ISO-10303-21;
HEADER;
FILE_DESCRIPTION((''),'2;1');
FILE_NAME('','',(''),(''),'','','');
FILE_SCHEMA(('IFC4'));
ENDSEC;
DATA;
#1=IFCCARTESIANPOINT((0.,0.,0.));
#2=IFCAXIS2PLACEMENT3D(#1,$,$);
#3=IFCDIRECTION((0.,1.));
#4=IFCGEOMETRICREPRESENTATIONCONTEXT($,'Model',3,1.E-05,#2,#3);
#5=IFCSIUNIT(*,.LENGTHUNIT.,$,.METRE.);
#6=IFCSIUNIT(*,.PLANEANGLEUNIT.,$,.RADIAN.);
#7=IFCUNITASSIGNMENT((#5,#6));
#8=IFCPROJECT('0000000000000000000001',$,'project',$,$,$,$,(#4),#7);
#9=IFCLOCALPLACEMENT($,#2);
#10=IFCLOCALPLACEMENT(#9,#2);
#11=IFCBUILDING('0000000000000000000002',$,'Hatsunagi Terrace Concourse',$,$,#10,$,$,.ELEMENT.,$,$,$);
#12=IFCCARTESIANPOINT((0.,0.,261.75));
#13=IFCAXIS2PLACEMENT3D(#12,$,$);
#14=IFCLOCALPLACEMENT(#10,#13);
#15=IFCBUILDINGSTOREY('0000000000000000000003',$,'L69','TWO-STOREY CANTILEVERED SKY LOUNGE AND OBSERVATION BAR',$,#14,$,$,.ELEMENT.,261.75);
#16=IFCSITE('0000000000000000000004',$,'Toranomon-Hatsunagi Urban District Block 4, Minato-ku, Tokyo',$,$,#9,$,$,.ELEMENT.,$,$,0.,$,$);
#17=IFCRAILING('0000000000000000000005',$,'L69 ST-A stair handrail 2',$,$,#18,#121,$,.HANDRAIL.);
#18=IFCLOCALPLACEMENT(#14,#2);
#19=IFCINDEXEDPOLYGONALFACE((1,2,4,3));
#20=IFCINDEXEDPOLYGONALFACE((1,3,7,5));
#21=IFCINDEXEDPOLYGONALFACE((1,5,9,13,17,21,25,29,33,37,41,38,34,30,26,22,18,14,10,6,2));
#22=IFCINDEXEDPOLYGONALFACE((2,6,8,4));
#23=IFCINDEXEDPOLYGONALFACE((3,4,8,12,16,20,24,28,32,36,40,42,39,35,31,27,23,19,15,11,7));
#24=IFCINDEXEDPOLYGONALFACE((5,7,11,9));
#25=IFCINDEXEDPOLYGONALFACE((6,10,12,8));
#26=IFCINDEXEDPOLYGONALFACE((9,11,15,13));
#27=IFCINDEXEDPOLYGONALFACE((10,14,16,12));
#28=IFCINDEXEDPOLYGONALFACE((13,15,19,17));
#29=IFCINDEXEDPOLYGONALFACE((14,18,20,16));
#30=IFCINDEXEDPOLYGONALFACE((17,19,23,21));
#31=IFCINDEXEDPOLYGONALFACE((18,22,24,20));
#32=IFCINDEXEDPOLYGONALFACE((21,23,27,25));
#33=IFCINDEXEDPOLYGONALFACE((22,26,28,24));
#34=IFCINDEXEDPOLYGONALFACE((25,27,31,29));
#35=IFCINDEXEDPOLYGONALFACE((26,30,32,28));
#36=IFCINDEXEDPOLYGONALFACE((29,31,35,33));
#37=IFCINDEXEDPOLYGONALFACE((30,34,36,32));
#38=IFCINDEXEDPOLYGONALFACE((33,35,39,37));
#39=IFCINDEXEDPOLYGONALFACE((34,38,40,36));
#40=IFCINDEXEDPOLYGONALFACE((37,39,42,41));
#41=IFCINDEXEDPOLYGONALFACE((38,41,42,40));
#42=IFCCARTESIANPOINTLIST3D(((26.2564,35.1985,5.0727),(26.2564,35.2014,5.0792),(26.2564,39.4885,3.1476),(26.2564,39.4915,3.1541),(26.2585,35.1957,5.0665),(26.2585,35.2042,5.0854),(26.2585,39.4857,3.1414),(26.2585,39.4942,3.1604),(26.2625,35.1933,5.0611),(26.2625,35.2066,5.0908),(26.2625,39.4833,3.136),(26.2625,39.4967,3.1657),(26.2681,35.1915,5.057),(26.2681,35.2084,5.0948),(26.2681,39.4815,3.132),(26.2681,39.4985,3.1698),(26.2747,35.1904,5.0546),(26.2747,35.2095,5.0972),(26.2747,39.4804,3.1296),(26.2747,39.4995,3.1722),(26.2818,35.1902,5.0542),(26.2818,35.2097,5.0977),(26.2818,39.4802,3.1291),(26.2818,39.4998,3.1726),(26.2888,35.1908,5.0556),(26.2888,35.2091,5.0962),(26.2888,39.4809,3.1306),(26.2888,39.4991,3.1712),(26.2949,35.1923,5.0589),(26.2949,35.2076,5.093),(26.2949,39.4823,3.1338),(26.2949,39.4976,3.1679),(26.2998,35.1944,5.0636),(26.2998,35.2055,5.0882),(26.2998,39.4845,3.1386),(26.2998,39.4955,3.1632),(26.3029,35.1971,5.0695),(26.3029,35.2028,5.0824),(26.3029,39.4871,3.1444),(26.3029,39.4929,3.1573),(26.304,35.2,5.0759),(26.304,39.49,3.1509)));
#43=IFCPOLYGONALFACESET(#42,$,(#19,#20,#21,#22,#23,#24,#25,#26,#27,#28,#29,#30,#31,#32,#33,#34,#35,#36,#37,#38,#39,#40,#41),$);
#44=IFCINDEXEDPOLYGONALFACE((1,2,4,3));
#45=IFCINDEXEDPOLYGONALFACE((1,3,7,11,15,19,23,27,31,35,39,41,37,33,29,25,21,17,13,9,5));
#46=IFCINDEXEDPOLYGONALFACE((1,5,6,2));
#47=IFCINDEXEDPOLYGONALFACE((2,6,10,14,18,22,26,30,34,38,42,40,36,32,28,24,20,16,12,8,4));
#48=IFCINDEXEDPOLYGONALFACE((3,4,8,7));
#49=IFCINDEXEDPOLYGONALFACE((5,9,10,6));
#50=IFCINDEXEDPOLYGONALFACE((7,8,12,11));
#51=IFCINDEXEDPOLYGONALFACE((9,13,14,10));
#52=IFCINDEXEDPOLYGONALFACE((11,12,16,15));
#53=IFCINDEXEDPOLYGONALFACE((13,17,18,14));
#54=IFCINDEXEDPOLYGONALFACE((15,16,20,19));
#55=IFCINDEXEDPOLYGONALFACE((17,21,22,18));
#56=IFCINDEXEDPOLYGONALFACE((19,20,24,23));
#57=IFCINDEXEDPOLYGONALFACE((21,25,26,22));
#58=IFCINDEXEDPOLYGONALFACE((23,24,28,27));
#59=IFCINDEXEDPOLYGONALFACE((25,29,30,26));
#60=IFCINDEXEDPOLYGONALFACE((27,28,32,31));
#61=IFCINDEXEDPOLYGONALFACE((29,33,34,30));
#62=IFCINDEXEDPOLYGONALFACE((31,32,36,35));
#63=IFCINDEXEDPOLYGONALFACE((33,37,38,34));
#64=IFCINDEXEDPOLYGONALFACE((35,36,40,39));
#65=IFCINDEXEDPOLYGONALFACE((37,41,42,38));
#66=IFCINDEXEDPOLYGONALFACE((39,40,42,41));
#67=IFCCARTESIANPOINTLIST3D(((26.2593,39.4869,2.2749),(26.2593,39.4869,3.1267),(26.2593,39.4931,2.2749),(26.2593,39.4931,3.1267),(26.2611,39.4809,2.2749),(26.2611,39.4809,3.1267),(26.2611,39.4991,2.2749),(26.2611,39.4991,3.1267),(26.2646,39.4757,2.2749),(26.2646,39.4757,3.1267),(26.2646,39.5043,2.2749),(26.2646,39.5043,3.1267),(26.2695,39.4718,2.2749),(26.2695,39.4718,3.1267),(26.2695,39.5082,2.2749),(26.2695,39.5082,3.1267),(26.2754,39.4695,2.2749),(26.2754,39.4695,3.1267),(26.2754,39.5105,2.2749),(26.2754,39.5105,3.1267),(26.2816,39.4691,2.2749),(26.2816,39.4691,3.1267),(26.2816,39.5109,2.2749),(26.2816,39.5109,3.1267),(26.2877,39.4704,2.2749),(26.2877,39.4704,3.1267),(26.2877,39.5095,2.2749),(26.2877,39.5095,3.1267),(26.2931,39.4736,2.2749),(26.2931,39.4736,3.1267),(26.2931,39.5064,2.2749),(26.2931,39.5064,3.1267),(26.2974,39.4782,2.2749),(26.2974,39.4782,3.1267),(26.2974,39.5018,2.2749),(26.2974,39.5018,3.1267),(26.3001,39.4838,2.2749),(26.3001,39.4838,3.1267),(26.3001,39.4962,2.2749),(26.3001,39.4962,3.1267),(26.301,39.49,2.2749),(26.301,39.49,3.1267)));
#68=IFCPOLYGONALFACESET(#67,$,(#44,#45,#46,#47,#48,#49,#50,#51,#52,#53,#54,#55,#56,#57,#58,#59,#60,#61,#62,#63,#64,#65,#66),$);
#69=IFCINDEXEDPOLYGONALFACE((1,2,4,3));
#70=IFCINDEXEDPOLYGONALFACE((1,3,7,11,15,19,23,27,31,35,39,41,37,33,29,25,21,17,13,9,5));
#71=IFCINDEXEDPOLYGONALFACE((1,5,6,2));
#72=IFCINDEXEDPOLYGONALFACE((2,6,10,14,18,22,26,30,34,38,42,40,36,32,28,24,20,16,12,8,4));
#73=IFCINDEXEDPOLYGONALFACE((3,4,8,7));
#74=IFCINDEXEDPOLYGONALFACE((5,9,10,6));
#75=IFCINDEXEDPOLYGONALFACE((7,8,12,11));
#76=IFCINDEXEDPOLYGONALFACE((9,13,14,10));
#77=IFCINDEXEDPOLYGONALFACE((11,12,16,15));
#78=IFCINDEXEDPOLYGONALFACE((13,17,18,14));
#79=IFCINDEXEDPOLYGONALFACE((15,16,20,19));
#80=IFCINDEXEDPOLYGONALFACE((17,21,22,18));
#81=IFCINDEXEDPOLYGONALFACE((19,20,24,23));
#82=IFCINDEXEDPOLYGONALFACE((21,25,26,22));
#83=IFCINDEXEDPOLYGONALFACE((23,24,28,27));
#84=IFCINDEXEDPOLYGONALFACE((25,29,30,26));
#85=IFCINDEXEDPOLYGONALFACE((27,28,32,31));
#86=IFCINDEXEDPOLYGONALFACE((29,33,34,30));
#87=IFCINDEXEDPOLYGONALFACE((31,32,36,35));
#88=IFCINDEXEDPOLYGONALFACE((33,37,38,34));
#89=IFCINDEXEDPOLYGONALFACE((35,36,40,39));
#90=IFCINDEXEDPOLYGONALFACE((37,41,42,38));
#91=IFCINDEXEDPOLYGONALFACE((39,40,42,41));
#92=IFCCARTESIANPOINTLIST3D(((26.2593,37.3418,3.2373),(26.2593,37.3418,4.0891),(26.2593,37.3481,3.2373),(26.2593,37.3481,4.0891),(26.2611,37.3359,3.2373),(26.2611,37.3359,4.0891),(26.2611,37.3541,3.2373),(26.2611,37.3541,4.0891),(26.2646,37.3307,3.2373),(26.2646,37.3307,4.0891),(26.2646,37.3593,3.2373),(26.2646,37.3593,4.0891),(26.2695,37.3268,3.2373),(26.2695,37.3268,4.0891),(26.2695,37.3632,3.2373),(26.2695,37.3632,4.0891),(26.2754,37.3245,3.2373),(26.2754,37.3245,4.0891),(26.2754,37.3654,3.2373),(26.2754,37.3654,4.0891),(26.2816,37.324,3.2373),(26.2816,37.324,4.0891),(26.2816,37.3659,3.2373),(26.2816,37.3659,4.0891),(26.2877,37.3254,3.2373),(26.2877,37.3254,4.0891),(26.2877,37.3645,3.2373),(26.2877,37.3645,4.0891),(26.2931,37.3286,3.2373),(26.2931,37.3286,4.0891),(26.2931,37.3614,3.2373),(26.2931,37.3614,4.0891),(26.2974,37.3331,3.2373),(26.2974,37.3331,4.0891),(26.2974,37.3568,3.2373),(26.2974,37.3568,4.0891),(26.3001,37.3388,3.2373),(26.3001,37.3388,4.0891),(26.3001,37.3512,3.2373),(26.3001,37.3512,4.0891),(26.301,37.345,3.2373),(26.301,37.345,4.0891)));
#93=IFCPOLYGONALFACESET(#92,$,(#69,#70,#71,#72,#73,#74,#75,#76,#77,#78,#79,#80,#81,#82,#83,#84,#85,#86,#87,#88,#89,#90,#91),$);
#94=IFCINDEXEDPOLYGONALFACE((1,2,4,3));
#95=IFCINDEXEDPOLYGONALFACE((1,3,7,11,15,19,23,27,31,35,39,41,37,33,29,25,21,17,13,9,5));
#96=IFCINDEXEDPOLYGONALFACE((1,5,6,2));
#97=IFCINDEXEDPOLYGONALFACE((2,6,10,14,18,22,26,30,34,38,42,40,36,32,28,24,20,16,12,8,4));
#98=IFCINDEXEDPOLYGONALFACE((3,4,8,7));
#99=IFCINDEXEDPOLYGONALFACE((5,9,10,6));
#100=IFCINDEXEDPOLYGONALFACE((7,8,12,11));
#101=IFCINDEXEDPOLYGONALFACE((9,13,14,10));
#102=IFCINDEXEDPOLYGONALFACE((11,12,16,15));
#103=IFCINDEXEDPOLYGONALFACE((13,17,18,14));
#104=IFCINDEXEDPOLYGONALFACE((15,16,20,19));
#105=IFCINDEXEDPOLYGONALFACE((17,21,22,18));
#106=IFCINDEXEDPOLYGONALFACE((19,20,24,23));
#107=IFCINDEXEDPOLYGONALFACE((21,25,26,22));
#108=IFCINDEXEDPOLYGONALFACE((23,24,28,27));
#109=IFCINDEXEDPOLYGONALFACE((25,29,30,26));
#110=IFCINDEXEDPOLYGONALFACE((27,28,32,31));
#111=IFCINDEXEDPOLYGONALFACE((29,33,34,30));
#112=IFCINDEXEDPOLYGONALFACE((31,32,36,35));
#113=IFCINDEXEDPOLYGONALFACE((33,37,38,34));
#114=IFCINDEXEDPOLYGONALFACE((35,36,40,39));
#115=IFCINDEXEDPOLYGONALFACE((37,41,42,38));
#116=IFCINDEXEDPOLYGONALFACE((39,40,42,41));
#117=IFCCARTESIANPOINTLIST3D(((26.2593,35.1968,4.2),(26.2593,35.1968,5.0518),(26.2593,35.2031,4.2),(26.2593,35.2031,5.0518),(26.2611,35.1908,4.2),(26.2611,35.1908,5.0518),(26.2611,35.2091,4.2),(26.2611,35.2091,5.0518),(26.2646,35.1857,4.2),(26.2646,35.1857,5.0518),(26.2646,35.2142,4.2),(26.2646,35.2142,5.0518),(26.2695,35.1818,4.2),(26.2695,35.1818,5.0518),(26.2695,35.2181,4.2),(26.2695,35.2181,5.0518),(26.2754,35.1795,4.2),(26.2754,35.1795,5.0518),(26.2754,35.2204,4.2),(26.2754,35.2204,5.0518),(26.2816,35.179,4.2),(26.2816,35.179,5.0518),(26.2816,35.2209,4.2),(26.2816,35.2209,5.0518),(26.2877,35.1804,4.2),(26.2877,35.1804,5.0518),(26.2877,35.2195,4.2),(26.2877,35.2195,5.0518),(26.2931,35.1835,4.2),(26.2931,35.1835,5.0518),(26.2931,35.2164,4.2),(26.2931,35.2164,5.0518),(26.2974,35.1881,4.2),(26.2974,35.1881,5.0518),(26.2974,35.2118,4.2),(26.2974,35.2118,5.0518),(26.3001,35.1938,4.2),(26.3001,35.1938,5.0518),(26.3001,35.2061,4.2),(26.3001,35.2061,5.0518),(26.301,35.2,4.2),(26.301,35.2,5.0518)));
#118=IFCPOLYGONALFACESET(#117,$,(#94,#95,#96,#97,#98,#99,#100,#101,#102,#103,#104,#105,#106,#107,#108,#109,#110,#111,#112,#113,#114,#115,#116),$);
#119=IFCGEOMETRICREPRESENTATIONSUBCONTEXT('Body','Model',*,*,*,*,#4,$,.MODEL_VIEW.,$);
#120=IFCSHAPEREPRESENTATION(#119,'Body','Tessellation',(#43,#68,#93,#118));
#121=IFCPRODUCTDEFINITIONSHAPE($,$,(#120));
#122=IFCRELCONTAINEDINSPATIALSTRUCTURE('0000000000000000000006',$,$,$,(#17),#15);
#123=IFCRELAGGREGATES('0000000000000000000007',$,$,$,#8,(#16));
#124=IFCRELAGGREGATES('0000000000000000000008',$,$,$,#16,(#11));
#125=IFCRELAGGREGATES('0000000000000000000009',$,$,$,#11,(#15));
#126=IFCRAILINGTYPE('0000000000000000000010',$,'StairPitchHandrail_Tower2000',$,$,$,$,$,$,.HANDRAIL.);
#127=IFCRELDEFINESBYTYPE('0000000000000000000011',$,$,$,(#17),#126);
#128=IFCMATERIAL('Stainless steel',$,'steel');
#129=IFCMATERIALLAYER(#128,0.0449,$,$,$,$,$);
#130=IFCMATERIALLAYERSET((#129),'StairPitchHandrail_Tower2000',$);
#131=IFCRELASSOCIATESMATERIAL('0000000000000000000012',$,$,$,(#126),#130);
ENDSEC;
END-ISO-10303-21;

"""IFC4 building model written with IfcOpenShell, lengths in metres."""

from ifc_helpers import new_model, si_unit, direction, frame, origin, origin_2d, place, context, subcontext, project, spatial, circle, extrude, material, layer, layer_set, type_object, element, save


model = new_model("IFC4")

# Units and contexts
model_context = context("Model", 3, precision=1e-05, world=origin(), true_north=direction((0.0, 1.0)))
body_context = subcontext(model_context, "Body", "Model", "MODEL_VIEW")
ifc_project = project(units=[si_unit("LENGTHUNIT", "METRE"), si_unit("PLANEANGLEUNIT", "RADIAN")], contexts=[model_context])

# Site, building, storey
site_placement = place(None, origin())
site = spatial("IfcSite", under=ifc_project, at=site_placement, Name="Toranomon-Hatsunagi Urban District Block 4, Minato-ku, Tokyo", CompositionType="ELEMENT", RefElevation=0.0)
building_placement = place(site_placement, origin())
building = spatial("IfcBuilding", under=site, at=building_placement, Name="Hatsunagi Terrace Concourse", CompositionType="ELEMENT")
storey_placement = place(building_placement, frame((0.0, 0.0, 261.75)))
storey = spatial("IfcBuildingStorey", under=building, at=storey_placement, Name="L69", Description="TWO-STOREY CANTILEVERED SKY LOUNGE AND OBSERVATION BAR", CompositionType="ELEMENT", Elevation=261.75)

# Railing
ifc_material_1 = material(Name="Stainless steel", Category="steel")
ifc_layer_1 = layer(ifc_material_1, 0.0449)
ifc_layer_set_1 = layer_set([ifc_layer_1], Name="StairPitchHandrail_Tower2000")
railing_type = type_object("IfcRailingType", Name="StairPitchHandrail_Tower2000", PredefinedType="HANDRAIL", material=ifc_layer_set_1)
railing_placement = place(storey_placement, frame((26.28, 39.49, 2.2749)))
element("IfcRailing", 1, at=railing_placement, inside=storey, type_object=railing_type, Name="L69 ST-A stair handrail 2", PredefinedType="HANDRAIL", context=body_context, shape_type="SweptSolid", body=[
    extrude(circle(Radius=0.0239, at=origin_2d()), frame((0.0, 0.0, 0.876), z_axis=(0.0, -0.912356, 0.409397), x_axis=(1.0, 0.0, 0.0)), (0.0, 0.0, 1.0), 4.7021),
    extrude(circle(Radius=0.021, at=origin_2d()), origin(), (0.0, 0.0, 1.0), 0.8518),
    extrude(circle(Radius=0.021, at=origin_2d()), frame((0.0, -2.145, 0.9624)), (0.0, 0.0, 1.0), 0.8518),
    extrude(circle(Radius=0.021, at=origin_2d()), frame((0.0, -4.29, 1.925)), (0.0, 0.0, 1.0), 0.8518),
])

save(model, "model.ifc")
